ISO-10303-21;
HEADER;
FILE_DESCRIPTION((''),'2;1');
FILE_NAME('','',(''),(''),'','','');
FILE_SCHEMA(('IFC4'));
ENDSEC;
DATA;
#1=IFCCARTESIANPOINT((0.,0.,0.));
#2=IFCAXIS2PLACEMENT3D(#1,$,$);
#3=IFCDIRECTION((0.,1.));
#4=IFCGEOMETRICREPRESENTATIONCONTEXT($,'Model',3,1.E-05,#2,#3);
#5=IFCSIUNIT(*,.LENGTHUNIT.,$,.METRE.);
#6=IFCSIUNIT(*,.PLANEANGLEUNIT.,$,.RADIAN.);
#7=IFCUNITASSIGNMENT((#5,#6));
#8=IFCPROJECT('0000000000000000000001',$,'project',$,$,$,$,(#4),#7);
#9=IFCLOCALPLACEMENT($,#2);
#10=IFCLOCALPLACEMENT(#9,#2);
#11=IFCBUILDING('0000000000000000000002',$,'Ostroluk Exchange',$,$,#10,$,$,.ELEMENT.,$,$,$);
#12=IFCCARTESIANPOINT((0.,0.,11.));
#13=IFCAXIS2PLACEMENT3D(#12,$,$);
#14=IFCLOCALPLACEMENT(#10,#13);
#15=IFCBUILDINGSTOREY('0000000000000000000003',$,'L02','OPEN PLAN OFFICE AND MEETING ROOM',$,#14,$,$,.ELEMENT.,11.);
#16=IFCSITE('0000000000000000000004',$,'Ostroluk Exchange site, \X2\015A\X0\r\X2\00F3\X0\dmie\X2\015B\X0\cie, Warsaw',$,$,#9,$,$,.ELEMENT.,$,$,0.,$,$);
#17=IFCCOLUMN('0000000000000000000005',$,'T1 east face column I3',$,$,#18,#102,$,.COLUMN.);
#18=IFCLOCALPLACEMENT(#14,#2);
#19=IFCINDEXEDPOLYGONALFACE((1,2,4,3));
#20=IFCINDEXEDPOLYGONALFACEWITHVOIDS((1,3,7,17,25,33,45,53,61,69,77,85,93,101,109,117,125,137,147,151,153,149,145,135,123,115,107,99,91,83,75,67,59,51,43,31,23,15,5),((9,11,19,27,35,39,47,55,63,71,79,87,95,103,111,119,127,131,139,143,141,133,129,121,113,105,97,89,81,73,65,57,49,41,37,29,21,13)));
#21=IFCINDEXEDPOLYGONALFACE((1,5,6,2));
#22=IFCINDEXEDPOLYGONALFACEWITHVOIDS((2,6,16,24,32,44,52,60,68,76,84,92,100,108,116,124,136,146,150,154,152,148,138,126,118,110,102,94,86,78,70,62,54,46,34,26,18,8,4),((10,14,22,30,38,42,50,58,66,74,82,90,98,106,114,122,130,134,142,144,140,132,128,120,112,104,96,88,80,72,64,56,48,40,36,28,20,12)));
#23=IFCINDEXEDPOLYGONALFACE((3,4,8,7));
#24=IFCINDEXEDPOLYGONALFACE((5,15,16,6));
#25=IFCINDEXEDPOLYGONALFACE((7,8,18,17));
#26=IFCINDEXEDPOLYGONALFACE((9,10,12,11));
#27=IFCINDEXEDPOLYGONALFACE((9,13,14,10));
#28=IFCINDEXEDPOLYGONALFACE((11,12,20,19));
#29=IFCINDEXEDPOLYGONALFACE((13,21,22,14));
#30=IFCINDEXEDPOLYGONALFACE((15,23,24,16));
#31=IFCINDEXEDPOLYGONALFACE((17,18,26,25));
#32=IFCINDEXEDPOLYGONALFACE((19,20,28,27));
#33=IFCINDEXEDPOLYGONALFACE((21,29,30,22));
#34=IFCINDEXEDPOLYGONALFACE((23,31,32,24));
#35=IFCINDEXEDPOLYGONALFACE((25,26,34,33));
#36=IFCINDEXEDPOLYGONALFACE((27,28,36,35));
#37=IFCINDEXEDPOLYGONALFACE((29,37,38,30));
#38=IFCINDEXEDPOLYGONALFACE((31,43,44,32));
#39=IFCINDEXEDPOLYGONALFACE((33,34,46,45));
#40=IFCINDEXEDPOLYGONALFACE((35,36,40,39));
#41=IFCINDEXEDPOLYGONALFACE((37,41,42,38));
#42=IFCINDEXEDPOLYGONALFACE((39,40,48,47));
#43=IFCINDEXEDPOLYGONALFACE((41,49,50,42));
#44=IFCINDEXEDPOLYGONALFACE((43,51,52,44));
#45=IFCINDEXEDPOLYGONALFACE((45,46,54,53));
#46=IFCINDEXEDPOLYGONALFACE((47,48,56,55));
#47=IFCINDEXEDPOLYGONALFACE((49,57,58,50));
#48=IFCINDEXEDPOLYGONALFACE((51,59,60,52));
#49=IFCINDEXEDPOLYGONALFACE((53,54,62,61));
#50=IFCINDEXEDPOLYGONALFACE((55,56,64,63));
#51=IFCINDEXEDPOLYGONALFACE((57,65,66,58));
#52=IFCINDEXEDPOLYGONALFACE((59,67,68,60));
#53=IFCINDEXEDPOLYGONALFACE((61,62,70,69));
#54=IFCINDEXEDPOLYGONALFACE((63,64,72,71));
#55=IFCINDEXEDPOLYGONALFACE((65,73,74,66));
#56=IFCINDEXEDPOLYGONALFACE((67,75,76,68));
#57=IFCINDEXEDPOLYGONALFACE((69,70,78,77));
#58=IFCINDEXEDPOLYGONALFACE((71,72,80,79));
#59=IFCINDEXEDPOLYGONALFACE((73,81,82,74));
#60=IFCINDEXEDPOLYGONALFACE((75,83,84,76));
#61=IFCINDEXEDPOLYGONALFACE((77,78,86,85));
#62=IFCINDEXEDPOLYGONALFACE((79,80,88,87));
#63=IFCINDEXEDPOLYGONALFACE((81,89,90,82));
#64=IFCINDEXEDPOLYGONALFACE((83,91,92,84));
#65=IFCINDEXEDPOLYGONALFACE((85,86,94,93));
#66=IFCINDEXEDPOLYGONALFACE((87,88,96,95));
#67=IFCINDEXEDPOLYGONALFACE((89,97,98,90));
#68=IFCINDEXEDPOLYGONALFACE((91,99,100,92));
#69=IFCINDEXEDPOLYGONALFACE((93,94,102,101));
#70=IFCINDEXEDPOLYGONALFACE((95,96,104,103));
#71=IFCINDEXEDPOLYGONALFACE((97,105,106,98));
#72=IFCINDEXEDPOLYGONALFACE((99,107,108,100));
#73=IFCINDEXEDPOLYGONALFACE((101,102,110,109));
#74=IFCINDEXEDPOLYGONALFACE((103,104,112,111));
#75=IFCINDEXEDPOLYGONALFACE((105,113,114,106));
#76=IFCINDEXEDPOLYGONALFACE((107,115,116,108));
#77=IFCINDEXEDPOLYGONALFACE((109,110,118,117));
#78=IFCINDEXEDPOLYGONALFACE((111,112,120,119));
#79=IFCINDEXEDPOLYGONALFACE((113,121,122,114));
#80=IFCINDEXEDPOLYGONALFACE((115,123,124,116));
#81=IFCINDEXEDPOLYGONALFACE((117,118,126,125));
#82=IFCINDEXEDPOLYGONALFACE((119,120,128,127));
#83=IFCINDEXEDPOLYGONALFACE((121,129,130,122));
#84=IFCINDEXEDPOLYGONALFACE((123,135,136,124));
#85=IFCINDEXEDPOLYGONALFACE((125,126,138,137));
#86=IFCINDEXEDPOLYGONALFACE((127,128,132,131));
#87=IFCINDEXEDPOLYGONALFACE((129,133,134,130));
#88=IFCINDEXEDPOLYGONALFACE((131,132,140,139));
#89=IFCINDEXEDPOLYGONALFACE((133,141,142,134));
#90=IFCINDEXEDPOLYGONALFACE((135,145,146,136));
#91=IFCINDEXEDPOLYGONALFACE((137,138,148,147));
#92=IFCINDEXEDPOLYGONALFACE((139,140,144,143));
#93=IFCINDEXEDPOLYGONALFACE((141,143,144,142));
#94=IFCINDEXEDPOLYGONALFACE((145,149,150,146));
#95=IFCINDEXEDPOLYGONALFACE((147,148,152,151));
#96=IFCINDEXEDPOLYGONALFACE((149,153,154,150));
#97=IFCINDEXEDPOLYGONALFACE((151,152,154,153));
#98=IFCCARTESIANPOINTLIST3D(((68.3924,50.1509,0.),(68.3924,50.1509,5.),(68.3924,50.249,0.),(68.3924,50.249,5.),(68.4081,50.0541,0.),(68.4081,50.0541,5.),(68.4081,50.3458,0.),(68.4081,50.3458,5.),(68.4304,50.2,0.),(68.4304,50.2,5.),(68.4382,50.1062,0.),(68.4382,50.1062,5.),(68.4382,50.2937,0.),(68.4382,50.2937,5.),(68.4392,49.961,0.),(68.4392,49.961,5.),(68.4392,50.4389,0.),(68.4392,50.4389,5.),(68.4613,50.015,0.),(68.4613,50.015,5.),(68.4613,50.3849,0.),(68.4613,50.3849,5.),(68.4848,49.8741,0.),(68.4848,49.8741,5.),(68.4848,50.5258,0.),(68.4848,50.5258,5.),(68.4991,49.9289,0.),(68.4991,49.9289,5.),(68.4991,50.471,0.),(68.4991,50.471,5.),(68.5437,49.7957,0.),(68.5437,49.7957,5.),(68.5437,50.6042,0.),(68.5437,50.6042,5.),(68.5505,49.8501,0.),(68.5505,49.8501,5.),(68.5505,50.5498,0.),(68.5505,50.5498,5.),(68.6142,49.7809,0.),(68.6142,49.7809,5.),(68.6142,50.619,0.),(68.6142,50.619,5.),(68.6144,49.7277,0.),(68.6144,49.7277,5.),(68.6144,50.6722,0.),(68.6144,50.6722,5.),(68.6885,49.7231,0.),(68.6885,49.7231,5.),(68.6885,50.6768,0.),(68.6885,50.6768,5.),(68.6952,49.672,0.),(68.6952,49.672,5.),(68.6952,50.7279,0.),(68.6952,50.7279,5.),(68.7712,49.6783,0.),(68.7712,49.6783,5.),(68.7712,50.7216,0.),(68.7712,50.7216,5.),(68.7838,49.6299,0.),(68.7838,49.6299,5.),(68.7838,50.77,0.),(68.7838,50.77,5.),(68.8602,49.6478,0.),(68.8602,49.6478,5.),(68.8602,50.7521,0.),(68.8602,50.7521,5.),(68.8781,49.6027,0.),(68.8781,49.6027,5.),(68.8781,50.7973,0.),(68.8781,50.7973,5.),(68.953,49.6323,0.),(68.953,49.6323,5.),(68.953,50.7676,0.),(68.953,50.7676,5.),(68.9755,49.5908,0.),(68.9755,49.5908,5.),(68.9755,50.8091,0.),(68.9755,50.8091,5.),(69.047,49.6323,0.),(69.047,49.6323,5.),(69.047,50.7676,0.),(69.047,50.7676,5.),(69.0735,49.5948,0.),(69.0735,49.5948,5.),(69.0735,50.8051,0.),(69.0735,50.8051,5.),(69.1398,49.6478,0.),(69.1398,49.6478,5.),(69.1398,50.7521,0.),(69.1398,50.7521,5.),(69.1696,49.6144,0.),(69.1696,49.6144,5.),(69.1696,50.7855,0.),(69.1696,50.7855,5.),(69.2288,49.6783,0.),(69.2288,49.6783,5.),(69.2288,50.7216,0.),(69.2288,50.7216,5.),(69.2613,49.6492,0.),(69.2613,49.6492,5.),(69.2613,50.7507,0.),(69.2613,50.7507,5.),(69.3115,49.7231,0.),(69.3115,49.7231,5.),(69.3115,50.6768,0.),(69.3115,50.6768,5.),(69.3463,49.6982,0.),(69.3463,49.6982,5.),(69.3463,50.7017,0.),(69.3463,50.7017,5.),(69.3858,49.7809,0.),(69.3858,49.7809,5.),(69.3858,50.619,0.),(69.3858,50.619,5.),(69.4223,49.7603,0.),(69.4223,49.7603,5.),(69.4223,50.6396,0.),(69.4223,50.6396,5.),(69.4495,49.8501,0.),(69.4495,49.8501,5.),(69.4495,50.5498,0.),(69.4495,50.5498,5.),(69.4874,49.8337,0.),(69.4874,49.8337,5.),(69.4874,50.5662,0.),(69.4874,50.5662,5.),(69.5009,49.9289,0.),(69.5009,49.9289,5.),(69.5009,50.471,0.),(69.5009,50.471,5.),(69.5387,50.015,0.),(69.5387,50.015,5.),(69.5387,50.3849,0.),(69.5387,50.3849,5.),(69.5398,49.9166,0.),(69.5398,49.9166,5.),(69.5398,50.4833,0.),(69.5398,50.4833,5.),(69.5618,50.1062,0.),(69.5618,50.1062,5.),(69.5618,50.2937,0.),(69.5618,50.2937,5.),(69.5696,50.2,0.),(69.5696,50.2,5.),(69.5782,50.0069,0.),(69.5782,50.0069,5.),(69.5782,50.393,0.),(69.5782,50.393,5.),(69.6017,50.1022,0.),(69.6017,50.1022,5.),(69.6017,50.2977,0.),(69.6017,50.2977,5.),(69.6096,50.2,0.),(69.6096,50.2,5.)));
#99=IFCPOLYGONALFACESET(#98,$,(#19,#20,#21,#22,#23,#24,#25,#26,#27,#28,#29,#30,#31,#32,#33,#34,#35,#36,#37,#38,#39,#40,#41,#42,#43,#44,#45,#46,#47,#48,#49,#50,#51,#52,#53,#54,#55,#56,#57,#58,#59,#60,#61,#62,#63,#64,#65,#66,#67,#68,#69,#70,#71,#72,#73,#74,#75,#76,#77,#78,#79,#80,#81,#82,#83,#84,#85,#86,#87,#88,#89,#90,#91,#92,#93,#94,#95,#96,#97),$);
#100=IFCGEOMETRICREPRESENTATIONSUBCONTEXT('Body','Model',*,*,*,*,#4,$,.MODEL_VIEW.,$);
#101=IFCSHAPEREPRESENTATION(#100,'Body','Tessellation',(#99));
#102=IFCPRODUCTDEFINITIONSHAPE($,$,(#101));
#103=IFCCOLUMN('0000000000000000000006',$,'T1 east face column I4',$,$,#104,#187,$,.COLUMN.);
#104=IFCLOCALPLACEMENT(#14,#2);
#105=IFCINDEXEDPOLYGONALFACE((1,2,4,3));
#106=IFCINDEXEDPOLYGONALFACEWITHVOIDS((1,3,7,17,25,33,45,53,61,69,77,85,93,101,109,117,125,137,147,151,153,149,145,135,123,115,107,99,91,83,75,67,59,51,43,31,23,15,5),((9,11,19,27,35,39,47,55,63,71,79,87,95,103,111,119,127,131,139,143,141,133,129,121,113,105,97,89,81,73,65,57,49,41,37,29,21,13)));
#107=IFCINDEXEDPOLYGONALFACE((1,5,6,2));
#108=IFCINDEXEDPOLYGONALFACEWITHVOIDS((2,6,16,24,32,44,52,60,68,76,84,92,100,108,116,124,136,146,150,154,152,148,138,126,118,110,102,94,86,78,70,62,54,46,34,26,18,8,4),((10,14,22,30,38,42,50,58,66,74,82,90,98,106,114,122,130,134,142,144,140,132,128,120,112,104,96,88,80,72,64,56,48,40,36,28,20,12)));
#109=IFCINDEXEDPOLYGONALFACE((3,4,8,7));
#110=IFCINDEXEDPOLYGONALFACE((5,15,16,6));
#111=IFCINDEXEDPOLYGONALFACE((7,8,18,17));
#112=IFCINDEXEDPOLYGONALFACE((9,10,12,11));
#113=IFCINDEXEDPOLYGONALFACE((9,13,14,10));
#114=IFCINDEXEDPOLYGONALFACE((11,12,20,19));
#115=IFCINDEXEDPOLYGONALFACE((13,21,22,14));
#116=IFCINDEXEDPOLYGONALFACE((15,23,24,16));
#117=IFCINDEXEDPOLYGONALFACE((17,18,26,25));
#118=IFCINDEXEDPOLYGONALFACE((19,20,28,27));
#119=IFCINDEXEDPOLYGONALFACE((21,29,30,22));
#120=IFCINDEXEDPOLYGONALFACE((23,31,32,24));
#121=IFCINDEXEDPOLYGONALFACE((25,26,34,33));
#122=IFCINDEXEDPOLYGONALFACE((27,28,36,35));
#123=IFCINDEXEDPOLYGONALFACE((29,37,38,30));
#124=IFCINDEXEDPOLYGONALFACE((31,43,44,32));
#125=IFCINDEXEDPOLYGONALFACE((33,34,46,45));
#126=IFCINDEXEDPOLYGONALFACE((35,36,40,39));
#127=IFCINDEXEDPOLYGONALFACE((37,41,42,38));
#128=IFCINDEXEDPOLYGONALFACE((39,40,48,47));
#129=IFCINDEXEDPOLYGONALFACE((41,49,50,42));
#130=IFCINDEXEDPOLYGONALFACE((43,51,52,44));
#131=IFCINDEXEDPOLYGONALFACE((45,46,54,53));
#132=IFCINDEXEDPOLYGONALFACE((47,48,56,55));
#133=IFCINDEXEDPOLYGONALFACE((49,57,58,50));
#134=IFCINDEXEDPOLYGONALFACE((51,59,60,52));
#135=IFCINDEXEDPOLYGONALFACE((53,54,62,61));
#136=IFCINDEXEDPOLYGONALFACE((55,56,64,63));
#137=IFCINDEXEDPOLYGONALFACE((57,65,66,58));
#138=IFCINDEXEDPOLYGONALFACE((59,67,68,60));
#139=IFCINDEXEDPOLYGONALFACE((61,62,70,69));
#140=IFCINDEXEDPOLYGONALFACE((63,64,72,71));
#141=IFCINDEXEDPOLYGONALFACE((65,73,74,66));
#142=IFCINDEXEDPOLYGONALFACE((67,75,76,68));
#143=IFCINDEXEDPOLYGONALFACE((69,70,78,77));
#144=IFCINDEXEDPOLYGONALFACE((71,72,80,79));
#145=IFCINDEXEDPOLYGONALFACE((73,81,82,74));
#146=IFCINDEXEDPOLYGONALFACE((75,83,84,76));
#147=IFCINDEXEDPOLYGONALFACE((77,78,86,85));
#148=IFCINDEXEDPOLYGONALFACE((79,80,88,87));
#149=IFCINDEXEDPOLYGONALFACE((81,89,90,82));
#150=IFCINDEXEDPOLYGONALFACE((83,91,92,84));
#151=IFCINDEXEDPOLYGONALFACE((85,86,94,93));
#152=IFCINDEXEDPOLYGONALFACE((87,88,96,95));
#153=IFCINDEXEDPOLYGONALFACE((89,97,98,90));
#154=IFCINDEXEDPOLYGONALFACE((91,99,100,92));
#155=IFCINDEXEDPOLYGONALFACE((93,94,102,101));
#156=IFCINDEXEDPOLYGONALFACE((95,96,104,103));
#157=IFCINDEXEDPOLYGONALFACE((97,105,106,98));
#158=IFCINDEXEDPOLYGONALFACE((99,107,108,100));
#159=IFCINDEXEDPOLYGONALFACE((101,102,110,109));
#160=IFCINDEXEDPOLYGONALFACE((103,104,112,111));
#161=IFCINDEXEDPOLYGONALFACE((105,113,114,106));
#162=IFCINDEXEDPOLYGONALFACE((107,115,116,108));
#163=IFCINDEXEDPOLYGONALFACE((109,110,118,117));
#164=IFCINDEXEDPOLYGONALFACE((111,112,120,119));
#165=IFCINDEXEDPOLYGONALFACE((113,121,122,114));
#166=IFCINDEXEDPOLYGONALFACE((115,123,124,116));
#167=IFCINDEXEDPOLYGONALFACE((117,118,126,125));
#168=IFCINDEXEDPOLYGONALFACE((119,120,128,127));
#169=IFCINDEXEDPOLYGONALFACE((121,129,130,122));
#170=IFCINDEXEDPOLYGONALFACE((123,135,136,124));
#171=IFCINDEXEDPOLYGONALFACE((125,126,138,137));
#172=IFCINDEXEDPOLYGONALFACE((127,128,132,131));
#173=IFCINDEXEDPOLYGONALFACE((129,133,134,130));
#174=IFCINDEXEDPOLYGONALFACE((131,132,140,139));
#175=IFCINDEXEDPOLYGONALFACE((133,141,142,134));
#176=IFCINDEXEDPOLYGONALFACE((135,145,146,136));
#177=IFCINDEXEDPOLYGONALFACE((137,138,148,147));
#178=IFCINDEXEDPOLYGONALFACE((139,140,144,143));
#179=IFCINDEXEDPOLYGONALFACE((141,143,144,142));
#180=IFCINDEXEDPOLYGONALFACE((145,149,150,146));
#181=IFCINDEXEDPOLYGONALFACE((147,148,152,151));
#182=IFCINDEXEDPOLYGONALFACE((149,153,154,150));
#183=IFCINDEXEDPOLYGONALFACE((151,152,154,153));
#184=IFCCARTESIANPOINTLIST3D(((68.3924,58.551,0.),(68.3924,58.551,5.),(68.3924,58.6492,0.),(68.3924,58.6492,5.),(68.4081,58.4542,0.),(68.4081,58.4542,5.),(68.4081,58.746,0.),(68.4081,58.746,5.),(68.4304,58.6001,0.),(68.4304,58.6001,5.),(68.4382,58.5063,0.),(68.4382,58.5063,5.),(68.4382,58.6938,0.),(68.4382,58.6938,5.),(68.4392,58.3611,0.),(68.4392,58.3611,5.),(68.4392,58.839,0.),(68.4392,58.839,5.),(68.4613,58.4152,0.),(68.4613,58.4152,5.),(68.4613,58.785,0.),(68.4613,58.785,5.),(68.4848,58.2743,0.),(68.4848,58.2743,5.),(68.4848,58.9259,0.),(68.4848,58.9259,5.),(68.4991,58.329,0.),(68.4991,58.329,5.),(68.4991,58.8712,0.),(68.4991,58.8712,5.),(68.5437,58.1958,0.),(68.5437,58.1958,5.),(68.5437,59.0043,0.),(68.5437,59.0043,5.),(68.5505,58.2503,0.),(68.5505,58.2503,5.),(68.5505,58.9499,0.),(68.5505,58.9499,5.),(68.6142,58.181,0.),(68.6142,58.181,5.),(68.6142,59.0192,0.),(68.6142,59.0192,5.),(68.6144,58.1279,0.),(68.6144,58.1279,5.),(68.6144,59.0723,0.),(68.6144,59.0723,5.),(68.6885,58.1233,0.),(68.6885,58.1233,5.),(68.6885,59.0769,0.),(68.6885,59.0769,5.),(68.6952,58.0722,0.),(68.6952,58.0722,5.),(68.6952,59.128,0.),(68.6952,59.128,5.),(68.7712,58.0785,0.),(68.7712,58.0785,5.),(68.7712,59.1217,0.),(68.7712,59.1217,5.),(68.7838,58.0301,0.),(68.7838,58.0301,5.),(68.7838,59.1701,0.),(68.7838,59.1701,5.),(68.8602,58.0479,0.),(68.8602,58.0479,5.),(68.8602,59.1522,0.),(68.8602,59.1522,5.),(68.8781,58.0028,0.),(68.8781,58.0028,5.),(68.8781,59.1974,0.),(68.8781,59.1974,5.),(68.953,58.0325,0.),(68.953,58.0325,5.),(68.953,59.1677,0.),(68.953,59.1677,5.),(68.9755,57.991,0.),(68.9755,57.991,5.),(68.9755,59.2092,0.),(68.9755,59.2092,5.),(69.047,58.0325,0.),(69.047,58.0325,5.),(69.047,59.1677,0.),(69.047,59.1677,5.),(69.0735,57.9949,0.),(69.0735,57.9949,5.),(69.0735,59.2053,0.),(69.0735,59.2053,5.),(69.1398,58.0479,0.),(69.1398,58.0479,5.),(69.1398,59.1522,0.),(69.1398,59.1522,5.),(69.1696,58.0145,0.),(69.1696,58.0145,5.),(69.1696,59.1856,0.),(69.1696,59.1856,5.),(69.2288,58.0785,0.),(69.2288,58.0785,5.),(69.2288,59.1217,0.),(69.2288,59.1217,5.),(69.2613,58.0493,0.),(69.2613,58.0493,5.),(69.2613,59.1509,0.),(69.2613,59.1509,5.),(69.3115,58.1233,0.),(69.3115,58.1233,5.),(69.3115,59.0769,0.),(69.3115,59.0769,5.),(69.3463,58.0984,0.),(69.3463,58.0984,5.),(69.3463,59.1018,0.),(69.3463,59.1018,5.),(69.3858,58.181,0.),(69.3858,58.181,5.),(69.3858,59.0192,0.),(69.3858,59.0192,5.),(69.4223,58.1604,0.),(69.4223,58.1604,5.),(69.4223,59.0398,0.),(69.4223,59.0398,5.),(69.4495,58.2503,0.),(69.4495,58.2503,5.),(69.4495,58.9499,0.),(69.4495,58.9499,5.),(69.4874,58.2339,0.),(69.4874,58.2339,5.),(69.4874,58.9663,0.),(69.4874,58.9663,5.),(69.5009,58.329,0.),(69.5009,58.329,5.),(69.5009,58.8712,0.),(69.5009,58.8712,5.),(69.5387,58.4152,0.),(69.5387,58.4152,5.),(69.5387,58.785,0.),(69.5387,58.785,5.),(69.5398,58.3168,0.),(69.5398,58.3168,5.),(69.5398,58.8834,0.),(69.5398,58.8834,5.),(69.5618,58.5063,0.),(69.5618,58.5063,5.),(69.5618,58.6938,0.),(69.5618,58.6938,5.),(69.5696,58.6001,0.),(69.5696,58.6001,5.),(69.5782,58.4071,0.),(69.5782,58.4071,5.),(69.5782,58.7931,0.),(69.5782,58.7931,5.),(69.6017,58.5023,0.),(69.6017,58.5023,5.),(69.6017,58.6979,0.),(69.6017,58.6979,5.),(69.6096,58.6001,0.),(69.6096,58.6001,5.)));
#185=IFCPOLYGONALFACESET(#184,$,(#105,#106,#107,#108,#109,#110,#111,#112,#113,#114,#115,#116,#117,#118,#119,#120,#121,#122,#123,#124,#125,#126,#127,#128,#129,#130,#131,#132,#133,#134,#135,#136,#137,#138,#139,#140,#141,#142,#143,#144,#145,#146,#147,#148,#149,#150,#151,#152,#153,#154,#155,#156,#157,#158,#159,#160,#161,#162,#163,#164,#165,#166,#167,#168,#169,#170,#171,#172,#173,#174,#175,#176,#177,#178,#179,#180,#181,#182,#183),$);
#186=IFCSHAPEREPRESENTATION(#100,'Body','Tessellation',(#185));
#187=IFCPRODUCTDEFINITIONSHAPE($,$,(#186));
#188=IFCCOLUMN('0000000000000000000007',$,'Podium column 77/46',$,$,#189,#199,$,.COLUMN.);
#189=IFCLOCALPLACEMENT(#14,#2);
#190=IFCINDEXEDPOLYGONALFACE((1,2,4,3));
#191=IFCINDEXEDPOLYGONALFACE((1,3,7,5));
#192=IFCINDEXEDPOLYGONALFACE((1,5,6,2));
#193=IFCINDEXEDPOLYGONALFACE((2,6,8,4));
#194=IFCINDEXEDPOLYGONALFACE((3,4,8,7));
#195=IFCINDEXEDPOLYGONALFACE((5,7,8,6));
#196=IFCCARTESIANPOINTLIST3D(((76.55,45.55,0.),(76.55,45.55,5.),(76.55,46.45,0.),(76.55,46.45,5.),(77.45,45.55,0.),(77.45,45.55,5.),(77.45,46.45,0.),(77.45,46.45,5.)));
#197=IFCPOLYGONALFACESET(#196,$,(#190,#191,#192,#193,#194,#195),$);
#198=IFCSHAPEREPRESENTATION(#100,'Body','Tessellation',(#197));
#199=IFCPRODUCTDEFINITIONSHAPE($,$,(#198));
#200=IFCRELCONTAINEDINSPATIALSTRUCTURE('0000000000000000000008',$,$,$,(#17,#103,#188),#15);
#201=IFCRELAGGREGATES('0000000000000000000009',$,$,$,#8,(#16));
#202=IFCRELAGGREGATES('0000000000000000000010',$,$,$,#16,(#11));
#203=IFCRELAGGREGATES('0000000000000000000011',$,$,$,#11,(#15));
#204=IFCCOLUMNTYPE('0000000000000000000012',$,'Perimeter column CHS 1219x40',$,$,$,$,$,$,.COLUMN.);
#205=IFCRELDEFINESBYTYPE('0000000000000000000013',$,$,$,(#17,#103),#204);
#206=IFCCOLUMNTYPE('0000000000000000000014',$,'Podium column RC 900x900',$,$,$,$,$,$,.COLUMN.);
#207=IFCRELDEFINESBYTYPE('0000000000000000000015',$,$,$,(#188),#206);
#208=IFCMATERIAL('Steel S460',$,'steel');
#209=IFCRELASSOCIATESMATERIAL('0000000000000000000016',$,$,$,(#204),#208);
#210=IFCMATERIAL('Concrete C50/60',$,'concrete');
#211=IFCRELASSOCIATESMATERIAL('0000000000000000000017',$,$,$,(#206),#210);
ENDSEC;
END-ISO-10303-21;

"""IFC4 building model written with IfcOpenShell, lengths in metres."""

from ifc_helpers import new_model, si_unit, direction, frame, origin, origin_2d, place, context, subcontext, project, spatial, rectangle, hollow_circle, extrude, material, material_profile, profile_set, type_object, element, save


model = new_model("IFC4")

# Units and contexts
model_context = context("Model", 3, precision=1e-05, world=origin(), true_north=direction((0.0, 1.0)))
body_context = subcontext(model_context, "Body", "Model", "MODEL_VIEW")
ifc_project = project(units=[si_unit("LENGTHUNIT", "METRE"), si_unit("PLANEANGLEUNIT", "RADIAN")], contexts=[model_context])

# Site, building, storey
site_placement = place(None, origin())
site = spatial("IfcSite", under=ifc_project, at=site_placement, Name="Ostroluk Exchange site, Śródmieście, Warsaw", CompositionType="ELEMENT", RefElevation=0.0)
building_placement = place(site_placement, origin())
building = spatial("IfcBuilding", under=site, at=building_placement, Name="Ostroluk Exchange", CompositionType="ELEMENT")
storey_placement = place(building_placement, frame((0.0, 0.0, 11.0)))
storey = spatial("IfcBuildingStorey", under=building, at=storey_placement, Name="L02", Description="OPEN PLAN OFFICE AND MEETING ROOM", CompositionType="ELEMENT", Elevation=11.0)

# Columns
ifc_material_1 = material(Name="Steel S460", Category="steel")
ifc_material_profile_1 = material_profile(ifc_material_1, hollow_circle(Radius=0.6096, WallThickness=0.04, at=origin_2d()), Name="CHS 1219x40")
ifc_profile_set_1 = profile_set([ifc_material_profile_1], Name="Steel S460")
column_type_1 = type_object("IfcColumnType", Name="Perimeter column CHS 1219x40", PredefinedType="COLUMN", material=ifc_profile_set_1)
for number, where, z_axis, x_axis, name in (
    (1, (69.0, 50.2, 0.0), (0.0, 0.0, 1.0), (1.0, 0.0, 0.0), "T1 east face column I3"),
    (2, (69.0, 58.6001, 0.0), (0.0, 0.0, 1.0), (1.0, 0.0, 0.0), "T1 east face column I4"),
):
    element("IfcColumn", number, at=place(storey_placement, frame(where, z_axis=z_axis, x_axis=x_axis)), inside=storey, type_object=column_type_1, Name=name, PredefinedType="COLUMN", context=body_context, shape_type="SweptSolid", body=[
        extrude(hollow_circle(Radius=0.6096, WallThickness=0.04, at=origin_2d()), origin(), (0.0, 0.0, 1.0), 5.0),
    ])
ifc_material_2 = material(Name="Concrete C50/60", Category="concrete")
ifc_material_profile_2 = material_profile(ifc_material_2, rectangle(XDim=0.8999, YDim=0.8999, at=origin_2d()), Name="RC 900x900")
ifc_profile_set_2 = profile_set([ifc_material_profile_2], Name="Concrete C50/60")
column_type_2 = type_object("IfcColumnType", Name="Podium column RC 900x900", PredefinedType="COLUMN", material=ifc_profile_set_2)
for number, where, z_axis, x_axis, name in (
    (3, (77.0, 46.0, 0.0), (0.0, 0.0, 1.0), (1.0, 0.0, 0.0), "Podium column 77/46"),
):
    element("IfcColumn", number, at=place(storey_placement, frame(where, z_axis=z_axis, x_axis=x_axis)), inside=storey, type_object=column_type_2, Name=name, PredefinedType="COLUMN", context=body_context, shape_type="SweptSolid", body=[
        extrude(rectangle(XDim=0.8999, YDim=0.8999, at=origin_2d()), origin(), (0.0, 0.0, 1.0), 5.0),
    ])

save(model, "model.ifc")
